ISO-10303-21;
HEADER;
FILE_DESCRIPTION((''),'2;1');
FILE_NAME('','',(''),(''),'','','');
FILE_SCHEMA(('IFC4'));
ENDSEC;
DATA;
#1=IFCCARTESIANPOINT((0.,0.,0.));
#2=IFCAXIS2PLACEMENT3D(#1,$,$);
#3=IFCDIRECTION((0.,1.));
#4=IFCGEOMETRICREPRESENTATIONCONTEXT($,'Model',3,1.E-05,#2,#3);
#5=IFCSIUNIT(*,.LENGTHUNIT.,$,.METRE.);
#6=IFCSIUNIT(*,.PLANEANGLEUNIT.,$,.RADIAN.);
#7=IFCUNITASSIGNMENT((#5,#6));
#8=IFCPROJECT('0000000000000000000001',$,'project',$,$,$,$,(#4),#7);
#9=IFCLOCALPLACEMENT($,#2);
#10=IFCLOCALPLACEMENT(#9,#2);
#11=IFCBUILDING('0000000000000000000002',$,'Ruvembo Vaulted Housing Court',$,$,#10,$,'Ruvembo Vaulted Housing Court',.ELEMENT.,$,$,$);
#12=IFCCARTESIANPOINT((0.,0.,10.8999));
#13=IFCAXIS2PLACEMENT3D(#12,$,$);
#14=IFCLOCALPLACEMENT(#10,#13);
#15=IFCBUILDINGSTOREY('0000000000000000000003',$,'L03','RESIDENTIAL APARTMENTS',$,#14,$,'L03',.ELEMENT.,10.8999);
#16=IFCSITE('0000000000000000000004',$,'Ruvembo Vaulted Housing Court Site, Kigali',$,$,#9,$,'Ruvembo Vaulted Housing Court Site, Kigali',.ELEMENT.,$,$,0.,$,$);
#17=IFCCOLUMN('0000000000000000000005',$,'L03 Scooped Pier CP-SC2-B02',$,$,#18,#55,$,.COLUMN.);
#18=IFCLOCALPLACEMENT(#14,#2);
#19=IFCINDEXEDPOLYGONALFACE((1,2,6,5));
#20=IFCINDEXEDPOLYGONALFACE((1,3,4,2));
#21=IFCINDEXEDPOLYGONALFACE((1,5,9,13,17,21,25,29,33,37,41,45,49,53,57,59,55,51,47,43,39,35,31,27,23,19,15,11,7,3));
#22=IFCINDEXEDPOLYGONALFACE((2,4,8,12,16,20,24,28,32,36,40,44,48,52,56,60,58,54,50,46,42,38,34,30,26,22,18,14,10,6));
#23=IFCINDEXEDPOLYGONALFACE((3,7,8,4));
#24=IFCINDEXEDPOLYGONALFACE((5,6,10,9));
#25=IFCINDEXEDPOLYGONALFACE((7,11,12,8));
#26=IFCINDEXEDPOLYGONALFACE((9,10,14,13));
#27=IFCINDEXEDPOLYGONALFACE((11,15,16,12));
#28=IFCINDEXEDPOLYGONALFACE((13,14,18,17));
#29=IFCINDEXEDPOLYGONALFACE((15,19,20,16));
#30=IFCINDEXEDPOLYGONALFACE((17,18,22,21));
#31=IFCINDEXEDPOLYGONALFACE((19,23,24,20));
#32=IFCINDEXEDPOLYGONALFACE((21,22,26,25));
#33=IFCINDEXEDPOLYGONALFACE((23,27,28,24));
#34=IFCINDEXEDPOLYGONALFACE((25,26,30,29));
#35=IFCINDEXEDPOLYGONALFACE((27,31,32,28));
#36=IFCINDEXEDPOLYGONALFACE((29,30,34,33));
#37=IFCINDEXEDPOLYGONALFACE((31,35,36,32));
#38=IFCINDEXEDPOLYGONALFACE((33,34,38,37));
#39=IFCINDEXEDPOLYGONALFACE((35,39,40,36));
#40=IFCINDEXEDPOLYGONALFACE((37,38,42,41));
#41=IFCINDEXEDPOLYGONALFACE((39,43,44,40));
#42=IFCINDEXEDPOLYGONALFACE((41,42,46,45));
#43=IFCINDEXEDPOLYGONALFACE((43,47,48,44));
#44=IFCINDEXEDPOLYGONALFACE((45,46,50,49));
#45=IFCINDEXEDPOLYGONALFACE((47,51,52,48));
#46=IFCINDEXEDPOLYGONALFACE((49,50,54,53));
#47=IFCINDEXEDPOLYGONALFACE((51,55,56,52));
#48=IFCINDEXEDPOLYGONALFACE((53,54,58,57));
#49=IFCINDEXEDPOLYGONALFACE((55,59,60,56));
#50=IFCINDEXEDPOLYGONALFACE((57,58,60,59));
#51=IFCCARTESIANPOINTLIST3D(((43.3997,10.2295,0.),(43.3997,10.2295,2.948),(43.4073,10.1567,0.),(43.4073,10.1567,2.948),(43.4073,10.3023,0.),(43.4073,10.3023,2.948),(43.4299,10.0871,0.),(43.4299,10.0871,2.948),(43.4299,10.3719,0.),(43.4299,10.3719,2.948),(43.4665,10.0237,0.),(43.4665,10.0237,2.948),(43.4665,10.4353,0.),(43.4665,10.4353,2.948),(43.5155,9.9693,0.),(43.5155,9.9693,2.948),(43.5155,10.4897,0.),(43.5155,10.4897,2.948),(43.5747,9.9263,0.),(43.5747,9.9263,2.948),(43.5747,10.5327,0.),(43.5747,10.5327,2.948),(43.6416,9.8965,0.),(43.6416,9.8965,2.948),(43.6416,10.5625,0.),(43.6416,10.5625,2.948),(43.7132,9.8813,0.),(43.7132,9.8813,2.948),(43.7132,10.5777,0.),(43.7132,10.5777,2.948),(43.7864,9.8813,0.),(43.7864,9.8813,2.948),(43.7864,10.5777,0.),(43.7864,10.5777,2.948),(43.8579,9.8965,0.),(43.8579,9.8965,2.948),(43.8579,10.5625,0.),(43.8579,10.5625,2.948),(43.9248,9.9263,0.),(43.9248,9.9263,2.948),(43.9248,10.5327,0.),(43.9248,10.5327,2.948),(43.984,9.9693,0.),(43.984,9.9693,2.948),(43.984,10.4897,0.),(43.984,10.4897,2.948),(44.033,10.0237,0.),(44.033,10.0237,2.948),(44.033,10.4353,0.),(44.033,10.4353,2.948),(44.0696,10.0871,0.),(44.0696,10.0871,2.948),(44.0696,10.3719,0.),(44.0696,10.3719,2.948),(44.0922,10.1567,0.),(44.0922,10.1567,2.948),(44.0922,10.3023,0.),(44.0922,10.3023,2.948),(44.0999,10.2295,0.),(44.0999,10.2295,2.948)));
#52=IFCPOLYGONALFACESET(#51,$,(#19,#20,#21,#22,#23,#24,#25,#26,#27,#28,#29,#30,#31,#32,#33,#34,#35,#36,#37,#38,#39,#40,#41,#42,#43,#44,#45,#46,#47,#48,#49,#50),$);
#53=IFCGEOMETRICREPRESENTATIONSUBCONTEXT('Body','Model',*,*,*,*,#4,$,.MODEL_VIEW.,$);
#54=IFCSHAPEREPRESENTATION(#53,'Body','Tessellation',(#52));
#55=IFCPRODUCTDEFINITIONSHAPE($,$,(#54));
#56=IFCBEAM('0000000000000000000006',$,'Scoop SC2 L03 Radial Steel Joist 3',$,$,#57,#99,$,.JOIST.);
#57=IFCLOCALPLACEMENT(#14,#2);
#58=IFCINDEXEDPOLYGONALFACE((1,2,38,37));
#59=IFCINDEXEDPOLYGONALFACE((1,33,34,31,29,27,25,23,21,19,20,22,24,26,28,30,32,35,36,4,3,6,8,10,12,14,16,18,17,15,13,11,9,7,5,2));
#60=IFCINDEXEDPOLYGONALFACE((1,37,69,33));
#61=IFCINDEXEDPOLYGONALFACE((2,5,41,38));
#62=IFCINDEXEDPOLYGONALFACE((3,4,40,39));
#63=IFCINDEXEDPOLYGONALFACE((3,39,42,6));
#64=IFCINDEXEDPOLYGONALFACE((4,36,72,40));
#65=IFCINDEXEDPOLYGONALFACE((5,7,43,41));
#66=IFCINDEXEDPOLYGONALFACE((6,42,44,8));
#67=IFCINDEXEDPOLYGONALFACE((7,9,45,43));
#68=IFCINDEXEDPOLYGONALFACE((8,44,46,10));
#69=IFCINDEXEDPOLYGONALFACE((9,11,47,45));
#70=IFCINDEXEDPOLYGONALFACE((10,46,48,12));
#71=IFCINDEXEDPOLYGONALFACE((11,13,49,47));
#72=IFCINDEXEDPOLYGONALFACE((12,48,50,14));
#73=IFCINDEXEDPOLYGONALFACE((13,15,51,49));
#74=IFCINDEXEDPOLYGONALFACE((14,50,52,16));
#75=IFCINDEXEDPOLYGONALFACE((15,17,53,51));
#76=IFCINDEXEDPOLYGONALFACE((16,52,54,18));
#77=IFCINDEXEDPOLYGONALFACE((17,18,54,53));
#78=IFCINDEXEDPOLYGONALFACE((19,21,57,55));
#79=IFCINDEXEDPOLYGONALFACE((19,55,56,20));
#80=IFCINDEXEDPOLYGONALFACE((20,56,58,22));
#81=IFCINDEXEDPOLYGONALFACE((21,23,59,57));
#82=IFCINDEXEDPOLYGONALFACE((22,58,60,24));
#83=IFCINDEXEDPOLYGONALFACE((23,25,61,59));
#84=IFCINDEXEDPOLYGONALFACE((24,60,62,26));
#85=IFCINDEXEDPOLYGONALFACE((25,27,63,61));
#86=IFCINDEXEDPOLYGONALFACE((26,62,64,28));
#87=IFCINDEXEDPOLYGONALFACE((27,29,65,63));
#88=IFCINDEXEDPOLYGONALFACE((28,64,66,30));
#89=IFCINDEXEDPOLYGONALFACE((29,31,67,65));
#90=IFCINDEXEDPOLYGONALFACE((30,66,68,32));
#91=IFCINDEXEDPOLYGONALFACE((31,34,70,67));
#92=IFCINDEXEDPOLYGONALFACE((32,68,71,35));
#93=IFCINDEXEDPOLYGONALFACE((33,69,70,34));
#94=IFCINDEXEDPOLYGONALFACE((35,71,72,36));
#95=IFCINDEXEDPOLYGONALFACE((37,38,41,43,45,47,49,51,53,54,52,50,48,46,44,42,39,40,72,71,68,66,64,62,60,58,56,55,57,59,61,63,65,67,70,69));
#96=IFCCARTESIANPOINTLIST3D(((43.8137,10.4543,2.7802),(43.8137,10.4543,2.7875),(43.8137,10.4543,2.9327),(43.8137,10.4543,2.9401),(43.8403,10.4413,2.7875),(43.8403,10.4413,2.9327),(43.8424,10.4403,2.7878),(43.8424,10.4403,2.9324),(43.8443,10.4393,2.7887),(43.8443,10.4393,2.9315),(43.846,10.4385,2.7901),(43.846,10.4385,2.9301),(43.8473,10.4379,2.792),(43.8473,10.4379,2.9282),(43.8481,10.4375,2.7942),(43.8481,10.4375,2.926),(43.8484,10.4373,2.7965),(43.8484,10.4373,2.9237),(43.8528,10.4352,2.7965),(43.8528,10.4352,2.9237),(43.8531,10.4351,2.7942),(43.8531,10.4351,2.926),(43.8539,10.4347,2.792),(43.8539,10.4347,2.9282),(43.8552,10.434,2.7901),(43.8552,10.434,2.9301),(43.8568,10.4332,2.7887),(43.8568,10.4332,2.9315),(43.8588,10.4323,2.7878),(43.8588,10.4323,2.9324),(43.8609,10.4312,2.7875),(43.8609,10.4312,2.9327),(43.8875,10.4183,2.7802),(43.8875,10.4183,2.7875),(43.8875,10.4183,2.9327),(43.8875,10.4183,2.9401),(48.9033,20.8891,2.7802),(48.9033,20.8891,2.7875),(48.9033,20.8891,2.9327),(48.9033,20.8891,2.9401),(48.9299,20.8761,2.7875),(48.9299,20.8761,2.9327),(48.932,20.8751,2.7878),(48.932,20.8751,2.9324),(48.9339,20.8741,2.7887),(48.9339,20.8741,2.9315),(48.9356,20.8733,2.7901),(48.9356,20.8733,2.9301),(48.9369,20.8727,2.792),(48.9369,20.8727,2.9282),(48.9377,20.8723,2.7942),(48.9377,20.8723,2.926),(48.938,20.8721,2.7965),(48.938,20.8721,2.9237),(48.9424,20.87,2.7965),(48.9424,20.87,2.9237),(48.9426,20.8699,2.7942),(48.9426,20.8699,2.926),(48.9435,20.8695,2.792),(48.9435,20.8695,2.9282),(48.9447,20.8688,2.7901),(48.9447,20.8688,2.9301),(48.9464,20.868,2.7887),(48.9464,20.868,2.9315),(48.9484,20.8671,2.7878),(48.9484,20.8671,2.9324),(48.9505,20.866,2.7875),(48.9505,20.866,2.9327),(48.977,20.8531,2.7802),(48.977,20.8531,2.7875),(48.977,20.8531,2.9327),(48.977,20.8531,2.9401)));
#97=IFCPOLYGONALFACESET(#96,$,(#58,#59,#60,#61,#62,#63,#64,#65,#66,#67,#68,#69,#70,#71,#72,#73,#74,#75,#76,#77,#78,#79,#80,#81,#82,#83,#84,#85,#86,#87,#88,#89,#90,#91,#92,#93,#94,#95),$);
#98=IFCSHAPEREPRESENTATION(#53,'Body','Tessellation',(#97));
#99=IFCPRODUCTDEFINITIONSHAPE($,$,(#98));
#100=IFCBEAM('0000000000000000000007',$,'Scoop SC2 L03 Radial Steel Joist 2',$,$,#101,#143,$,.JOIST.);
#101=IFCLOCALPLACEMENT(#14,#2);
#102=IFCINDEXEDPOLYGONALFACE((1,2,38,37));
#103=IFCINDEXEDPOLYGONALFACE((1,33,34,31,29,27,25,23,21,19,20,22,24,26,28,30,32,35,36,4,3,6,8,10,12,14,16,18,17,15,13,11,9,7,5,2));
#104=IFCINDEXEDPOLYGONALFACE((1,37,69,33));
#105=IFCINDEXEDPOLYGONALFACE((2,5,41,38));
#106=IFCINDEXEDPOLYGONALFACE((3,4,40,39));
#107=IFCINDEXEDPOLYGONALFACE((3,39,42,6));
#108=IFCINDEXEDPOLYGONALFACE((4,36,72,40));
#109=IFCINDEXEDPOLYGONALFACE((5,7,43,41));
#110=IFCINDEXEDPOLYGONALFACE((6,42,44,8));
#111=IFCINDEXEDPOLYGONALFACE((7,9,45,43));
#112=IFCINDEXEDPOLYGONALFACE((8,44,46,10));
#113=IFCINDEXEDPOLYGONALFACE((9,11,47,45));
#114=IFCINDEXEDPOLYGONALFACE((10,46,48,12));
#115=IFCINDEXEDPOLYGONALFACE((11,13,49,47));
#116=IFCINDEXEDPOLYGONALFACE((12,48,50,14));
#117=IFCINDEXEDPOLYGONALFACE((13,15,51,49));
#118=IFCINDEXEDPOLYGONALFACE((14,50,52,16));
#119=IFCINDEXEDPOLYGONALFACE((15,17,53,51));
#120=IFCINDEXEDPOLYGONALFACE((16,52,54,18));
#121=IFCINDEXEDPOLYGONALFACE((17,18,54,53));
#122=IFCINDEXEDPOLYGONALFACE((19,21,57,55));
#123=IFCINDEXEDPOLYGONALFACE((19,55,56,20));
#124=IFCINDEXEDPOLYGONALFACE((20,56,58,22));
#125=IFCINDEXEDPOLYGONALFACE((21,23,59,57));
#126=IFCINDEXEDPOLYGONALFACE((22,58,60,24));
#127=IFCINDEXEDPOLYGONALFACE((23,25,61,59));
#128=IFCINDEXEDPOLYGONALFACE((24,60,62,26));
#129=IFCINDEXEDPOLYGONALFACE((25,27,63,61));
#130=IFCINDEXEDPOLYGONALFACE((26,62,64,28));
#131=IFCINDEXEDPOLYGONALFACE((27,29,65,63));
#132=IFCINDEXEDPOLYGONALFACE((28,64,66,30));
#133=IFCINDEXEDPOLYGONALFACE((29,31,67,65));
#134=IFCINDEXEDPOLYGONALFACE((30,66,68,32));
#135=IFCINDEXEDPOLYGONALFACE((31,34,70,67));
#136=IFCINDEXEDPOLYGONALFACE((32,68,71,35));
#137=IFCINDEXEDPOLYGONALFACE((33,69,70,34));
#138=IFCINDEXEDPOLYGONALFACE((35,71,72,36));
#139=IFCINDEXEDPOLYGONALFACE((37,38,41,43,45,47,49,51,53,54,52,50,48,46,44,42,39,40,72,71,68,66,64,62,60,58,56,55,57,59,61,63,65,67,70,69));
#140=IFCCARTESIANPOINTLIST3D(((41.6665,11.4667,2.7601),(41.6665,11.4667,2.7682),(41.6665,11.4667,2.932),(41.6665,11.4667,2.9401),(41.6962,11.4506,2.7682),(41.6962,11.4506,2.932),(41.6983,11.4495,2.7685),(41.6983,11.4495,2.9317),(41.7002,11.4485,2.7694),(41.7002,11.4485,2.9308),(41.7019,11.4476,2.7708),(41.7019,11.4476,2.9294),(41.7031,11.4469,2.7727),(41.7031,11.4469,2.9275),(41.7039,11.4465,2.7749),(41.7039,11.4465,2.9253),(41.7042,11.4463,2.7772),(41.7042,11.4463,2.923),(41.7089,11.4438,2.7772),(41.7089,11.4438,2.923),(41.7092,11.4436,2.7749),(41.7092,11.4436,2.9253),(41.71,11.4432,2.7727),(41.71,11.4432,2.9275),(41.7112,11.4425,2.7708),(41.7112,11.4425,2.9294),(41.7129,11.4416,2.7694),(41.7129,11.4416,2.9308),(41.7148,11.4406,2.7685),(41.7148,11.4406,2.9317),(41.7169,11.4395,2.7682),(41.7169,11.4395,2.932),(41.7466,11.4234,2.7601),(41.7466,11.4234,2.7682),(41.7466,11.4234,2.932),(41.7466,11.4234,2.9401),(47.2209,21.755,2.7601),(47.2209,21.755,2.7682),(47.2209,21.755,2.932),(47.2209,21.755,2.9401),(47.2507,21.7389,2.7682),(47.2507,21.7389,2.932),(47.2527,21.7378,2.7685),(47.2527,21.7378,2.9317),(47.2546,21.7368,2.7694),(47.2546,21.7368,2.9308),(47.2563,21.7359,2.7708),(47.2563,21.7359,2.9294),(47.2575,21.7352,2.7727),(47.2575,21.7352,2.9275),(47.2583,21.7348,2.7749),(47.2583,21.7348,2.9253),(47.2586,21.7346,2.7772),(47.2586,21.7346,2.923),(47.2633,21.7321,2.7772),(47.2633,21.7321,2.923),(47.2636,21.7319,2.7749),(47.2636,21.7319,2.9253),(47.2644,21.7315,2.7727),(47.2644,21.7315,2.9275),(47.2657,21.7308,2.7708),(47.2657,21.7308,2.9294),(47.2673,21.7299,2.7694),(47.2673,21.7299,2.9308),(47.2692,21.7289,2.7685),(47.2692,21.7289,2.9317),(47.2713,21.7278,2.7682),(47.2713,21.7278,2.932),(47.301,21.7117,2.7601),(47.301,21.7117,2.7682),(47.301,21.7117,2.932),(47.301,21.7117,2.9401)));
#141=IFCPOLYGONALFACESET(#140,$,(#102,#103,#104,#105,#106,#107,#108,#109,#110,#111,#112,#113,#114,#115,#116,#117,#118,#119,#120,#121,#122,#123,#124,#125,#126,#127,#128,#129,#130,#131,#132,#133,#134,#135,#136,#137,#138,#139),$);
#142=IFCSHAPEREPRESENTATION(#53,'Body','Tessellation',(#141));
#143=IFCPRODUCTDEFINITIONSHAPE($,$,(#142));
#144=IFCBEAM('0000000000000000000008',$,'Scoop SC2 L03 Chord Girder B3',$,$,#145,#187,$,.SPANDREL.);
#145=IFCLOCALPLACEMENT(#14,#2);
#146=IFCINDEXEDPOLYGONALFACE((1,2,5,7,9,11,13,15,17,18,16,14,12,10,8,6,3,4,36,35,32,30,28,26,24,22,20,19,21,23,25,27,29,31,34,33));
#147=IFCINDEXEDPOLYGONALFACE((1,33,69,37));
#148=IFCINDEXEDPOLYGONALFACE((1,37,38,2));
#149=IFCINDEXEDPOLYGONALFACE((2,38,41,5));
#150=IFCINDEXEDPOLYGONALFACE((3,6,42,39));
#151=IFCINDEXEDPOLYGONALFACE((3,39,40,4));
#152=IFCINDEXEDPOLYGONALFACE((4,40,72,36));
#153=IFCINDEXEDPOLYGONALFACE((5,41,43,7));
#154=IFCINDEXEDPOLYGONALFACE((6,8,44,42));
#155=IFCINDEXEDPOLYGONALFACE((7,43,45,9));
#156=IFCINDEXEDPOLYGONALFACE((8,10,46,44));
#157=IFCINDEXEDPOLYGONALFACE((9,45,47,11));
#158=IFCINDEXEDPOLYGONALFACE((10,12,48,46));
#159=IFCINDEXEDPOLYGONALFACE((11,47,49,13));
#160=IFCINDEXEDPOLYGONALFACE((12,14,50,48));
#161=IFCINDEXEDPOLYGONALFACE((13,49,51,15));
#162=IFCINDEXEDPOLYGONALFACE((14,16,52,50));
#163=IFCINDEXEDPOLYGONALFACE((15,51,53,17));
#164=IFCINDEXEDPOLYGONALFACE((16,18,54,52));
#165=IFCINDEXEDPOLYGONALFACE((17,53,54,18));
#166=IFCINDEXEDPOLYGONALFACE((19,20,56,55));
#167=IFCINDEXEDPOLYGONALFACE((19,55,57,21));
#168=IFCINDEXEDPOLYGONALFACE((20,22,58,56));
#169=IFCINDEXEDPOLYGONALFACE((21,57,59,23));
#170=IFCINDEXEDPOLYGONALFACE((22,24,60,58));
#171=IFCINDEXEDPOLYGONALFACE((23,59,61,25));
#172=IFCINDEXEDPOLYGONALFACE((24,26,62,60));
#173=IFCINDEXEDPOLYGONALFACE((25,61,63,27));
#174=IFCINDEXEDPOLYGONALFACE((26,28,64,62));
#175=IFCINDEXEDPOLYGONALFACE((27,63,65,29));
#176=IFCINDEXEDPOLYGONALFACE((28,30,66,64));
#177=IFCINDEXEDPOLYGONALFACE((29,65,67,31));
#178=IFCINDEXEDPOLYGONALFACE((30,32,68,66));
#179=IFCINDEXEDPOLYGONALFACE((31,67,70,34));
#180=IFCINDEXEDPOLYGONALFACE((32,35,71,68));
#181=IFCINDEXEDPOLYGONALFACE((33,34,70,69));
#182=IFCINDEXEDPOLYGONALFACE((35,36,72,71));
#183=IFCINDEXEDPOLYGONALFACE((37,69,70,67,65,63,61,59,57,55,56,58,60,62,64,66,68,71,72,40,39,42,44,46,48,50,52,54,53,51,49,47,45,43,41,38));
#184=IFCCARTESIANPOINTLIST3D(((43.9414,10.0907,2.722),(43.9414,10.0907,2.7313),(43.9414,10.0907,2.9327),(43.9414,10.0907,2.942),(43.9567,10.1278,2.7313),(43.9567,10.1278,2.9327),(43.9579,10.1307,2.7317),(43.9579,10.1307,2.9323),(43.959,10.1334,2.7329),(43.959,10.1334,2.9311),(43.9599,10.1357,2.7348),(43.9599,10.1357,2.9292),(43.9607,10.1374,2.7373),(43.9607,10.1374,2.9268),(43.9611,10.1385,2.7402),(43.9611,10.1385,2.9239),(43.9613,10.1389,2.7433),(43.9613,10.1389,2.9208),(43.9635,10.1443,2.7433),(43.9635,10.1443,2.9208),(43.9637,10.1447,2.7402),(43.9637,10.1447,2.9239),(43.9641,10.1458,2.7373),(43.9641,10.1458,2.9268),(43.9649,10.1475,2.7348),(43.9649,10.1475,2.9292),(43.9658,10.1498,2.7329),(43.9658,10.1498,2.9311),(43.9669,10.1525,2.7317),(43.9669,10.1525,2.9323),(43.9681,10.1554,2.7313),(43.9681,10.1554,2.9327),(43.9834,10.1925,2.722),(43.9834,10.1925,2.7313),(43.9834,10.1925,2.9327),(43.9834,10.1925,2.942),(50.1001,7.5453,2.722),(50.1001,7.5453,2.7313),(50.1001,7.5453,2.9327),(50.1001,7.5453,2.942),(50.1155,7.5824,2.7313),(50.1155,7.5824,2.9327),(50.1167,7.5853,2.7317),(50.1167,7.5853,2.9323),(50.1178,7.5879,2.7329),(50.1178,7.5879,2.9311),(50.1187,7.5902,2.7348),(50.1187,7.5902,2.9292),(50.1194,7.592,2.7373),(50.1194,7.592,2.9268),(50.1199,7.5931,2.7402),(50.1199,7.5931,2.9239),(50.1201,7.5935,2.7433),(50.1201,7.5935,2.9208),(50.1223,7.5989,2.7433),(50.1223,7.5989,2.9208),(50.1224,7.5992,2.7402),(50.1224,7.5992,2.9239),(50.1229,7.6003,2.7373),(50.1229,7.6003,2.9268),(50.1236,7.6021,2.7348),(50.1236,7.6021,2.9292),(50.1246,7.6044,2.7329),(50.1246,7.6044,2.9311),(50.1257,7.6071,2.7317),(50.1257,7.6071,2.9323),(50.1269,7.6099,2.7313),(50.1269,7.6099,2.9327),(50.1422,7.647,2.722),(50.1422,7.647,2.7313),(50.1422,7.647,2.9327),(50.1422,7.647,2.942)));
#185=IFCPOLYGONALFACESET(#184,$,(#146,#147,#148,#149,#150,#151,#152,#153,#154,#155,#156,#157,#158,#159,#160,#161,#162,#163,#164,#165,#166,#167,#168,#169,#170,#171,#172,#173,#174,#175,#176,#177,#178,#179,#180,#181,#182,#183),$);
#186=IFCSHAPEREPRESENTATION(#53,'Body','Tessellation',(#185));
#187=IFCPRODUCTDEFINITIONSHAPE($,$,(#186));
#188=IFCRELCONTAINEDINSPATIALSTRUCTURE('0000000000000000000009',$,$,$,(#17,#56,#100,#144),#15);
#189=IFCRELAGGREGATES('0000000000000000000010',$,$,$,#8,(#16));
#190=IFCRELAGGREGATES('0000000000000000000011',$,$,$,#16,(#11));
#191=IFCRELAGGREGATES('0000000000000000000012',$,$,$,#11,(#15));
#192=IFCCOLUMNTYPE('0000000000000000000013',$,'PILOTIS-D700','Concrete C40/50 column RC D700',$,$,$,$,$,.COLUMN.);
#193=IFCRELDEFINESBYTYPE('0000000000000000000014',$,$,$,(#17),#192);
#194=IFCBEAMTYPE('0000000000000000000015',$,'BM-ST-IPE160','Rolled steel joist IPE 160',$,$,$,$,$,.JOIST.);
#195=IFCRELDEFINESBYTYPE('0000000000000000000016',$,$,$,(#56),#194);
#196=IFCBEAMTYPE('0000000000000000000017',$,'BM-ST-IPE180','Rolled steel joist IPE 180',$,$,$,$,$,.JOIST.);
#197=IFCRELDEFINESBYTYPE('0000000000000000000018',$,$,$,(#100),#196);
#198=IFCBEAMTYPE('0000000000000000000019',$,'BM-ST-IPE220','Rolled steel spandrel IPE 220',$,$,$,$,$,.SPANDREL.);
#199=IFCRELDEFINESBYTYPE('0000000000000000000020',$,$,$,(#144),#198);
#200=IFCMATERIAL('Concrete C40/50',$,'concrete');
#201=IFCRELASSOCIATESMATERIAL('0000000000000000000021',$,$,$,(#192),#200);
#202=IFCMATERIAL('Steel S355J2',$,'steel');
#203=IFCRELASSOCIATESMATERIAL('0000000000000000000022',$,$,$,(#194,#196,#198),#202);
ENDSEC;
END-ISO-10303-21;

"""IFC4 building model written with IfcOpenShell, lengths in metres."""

from ifc_helpers import new_model, si_unit, direction, frame, origin, origin_2d, place, context, subcontext, project, spatial, circle, i_section, extrude, material, material_profile, profile_set, type_object, element, save


model = new_model("IFC4")

# Units and contexts
model_context = context("Model", 3, precision=1e-05, world=origin(), true_north=direction((0.0, 1.0)))
body_context = subcontext(model_context, "Body", "Model", "MODEL_VIEW")
ifc_project = project(units=[si_unit("LENGTHUNIT", "METRE"), si_unit("PLANEANGLEUNIT", "RADIAN")], contexts=[model_context])

# Site, building, storey
site_placement = place(None, origin())
site = spatial("IfcSite", under=ifc_project, at=site_placement, Name="Ruvembo Vaulted Housing Court Site, Kigali", LongName="Ruvembo Vaulted Housing Court Site, Kigali", CompositionType="ELEMENT", RefElevation=0.0)
building_placement = place(site_placement, origin())
building = spatial("IfcBuilding", under=site, at=building_placement, Name="Ruvembo Vaulted Housing Court", LongName="Ruvembo Vaulted Housing Court", CompositionType="ELEMENT")
storey_placement = place(building_placement, frame((0.0, 0.0, 10.8999)))
storey = spatial("IfcBuildingStorey", under=building, at=storey_placement, Name="L03", Description="RESIDENTIAL APARTMENTS", LongName="L03", CompositionType="ELEMENT", Elevation=10.8999)

# Column
ifc_material_1 = material(Name="Concrete C40/50", Category="concrete")
ifc_material_profile_1 = material_profile(ifc_material_1, circle(Radius=0.3501, at=origin_2d()), Name="RC D700")
ifc_profile_set_1 = profile_set([ifc_material_profile_1], Name="Concrete C40/50")
column_type = type_object("IfcColumnType", Name="PILOTIS-D700", Description="Concrete C40/50 column RC D700", PredefinedType="COLUMN", material=ifc_profile_set_1)
column_placement = place(storey_placement, frame((43.7498, 10.2295, 0.0), z_axis=(0.0, 0.0, 1.0), x_axis=(1.0, 0.0, 0.0)))
element("IfcColumn", 1, at=column_placement, inside=storey, type_object=column_type, Name="L03 Scooped Pier CP-SC2-B02", PredefinedType="COLUMN", context=body_context, shape_type="SweptSolid", body=[
    extrude(circle(Radius=0.3501, at=origin_2d()), origin(), (0.0, 0.0, 1.0), 2.948),
])

# Beams
ifc_material_2 = material(Name="Steel S355J2", Category="steel")
ifc_material_profile_2 = material_profile(ifc_material_2, i_section(OverallWidth=0.082, OverallDepth=0.1599, WebThickness=0.0049, FlangeThickness=0.0073, FilletRadius=0.009, at=origin_2d()), Name="IPE 160")
ifc_profile_set_2 = profile_set([ifc_material_profile_2], Name="Steel S355J2")
beam_type_1 = type_object("IfcBeamType", Name="BM-ST-IPE160", Description="Rolled steel joist IPE 160", PredefinedType="JOIST", material=ifc_profile_set_2)
beam_1_placement = place(storey_placement, frame((43.8506, 10.4363, 2.8601), z_axis=(0.438385, 0.898787, 0.0), x_axis=(-0.898787, 0.438385, 0.0)))
element("IfcBeam", 2, at=beam_1_placement, inside=storey, type_object=beam_type_1, Name="Scoop SC2 L03 Radial Steel Joist 3", PredefinedType="JOIST", context=body_context, shape_type="SweptSolid", body=[
    extrude(i_section(OverallWidth=0.082, OverallDepth=0.1599, WebThickness=0.0049, FlangeThickness=0.0073, FilletRadius=0.009, at=origin_2d()), origin(), (0.0, 0.0, 1.0), 11.6099),
])
ifc_material_profile_3 = material_profile(ifc_material_2, i_section(OverallWidth=0.0911, OverallDepth=0.1799, WebThickness=0.0054, FlangeThickness=0.0081, FilletRadius=0.009, at=origin_2d()), Name="IPE 180")
ifc_profile_set_3 = profile_set([ifc_material_profile_3], Name="Steel S355J2")
beam_type_2 = type_object("IfcBeamType", Name="BM-ST-IPE180", Description="Rolled steel joist IPE 180", PredefinedType="JOIST", material=ifc_profile_set_3)
beam_2_placement = place(storey_placement, frame((41.7065, 11.4451, 2.8501), z_axis=(0.475066, 0.87995, 0.0), x_axis=(-0.87995, 0.475066, 0.0)))
element("IfcBeam", 3, at=beam_2_placement, inside=storey, type_object=beam_type_2, Name="Scoop SC2 L03 Radial Steel Joist 2", PredefinedType="JOIST", context=body_context, shape_type="SweptSolid", body=[
    extrude(i_section(OverallWidth=0.0911, OverallDepth=0.1799, WebThickness=0.0054, FlangeThickness=0.0081, FilletRadius=0.009, at=origin_2d()), origin(), (0.0, 0.0, 1.0), 11.6919),
])
ifc_material_profile_4 = material_profile(ifc_material_2, i_section(OverallWidth=0.1101, OverallDepth=0.22, WebThickness=0.0059, FlangeThickness=0.0093, FilletRadius=0.012, at=origin_2d()), Name="IPE 220")
ifc_profile_set_4 = profile_set([ifc_material_profile_4], Name="Steel S355J2")
beam_type_3 = type_object("IfcBeamType", Name="BM-ST-IPE220", Description="Rolled steel spandrel IPE 220", PredefinedType="SPANDREL", material=ifc_profile_set_4)
beam_3_placement = place(storey_placement, frame((43.9624, 10.1416, 2.832), z_axis=(0.924177, -0.381966, 0.0), x_axis=(0.381966, 0.924177, 0.0)))
element("IfcBeam", 4, at=beam_3_placement, inside=storey, type_object=beam_type_3, Name="Scoop SC2 L03 Chord Girder B3", PredefinedType="SPANDREL", context=body_context, shape_type="SweptSolid", body=[
    extrude(i_section(OverallWidth=0.1101, OverallDepth=0.22, WebThickness=0.0059, FlangeThickness=0.0093, FilletRadius=0.012, at=origin_2d()), origin(), (0.0, 0.0, 1.0), 6.6641),
])

save(model, "model.ifc")
